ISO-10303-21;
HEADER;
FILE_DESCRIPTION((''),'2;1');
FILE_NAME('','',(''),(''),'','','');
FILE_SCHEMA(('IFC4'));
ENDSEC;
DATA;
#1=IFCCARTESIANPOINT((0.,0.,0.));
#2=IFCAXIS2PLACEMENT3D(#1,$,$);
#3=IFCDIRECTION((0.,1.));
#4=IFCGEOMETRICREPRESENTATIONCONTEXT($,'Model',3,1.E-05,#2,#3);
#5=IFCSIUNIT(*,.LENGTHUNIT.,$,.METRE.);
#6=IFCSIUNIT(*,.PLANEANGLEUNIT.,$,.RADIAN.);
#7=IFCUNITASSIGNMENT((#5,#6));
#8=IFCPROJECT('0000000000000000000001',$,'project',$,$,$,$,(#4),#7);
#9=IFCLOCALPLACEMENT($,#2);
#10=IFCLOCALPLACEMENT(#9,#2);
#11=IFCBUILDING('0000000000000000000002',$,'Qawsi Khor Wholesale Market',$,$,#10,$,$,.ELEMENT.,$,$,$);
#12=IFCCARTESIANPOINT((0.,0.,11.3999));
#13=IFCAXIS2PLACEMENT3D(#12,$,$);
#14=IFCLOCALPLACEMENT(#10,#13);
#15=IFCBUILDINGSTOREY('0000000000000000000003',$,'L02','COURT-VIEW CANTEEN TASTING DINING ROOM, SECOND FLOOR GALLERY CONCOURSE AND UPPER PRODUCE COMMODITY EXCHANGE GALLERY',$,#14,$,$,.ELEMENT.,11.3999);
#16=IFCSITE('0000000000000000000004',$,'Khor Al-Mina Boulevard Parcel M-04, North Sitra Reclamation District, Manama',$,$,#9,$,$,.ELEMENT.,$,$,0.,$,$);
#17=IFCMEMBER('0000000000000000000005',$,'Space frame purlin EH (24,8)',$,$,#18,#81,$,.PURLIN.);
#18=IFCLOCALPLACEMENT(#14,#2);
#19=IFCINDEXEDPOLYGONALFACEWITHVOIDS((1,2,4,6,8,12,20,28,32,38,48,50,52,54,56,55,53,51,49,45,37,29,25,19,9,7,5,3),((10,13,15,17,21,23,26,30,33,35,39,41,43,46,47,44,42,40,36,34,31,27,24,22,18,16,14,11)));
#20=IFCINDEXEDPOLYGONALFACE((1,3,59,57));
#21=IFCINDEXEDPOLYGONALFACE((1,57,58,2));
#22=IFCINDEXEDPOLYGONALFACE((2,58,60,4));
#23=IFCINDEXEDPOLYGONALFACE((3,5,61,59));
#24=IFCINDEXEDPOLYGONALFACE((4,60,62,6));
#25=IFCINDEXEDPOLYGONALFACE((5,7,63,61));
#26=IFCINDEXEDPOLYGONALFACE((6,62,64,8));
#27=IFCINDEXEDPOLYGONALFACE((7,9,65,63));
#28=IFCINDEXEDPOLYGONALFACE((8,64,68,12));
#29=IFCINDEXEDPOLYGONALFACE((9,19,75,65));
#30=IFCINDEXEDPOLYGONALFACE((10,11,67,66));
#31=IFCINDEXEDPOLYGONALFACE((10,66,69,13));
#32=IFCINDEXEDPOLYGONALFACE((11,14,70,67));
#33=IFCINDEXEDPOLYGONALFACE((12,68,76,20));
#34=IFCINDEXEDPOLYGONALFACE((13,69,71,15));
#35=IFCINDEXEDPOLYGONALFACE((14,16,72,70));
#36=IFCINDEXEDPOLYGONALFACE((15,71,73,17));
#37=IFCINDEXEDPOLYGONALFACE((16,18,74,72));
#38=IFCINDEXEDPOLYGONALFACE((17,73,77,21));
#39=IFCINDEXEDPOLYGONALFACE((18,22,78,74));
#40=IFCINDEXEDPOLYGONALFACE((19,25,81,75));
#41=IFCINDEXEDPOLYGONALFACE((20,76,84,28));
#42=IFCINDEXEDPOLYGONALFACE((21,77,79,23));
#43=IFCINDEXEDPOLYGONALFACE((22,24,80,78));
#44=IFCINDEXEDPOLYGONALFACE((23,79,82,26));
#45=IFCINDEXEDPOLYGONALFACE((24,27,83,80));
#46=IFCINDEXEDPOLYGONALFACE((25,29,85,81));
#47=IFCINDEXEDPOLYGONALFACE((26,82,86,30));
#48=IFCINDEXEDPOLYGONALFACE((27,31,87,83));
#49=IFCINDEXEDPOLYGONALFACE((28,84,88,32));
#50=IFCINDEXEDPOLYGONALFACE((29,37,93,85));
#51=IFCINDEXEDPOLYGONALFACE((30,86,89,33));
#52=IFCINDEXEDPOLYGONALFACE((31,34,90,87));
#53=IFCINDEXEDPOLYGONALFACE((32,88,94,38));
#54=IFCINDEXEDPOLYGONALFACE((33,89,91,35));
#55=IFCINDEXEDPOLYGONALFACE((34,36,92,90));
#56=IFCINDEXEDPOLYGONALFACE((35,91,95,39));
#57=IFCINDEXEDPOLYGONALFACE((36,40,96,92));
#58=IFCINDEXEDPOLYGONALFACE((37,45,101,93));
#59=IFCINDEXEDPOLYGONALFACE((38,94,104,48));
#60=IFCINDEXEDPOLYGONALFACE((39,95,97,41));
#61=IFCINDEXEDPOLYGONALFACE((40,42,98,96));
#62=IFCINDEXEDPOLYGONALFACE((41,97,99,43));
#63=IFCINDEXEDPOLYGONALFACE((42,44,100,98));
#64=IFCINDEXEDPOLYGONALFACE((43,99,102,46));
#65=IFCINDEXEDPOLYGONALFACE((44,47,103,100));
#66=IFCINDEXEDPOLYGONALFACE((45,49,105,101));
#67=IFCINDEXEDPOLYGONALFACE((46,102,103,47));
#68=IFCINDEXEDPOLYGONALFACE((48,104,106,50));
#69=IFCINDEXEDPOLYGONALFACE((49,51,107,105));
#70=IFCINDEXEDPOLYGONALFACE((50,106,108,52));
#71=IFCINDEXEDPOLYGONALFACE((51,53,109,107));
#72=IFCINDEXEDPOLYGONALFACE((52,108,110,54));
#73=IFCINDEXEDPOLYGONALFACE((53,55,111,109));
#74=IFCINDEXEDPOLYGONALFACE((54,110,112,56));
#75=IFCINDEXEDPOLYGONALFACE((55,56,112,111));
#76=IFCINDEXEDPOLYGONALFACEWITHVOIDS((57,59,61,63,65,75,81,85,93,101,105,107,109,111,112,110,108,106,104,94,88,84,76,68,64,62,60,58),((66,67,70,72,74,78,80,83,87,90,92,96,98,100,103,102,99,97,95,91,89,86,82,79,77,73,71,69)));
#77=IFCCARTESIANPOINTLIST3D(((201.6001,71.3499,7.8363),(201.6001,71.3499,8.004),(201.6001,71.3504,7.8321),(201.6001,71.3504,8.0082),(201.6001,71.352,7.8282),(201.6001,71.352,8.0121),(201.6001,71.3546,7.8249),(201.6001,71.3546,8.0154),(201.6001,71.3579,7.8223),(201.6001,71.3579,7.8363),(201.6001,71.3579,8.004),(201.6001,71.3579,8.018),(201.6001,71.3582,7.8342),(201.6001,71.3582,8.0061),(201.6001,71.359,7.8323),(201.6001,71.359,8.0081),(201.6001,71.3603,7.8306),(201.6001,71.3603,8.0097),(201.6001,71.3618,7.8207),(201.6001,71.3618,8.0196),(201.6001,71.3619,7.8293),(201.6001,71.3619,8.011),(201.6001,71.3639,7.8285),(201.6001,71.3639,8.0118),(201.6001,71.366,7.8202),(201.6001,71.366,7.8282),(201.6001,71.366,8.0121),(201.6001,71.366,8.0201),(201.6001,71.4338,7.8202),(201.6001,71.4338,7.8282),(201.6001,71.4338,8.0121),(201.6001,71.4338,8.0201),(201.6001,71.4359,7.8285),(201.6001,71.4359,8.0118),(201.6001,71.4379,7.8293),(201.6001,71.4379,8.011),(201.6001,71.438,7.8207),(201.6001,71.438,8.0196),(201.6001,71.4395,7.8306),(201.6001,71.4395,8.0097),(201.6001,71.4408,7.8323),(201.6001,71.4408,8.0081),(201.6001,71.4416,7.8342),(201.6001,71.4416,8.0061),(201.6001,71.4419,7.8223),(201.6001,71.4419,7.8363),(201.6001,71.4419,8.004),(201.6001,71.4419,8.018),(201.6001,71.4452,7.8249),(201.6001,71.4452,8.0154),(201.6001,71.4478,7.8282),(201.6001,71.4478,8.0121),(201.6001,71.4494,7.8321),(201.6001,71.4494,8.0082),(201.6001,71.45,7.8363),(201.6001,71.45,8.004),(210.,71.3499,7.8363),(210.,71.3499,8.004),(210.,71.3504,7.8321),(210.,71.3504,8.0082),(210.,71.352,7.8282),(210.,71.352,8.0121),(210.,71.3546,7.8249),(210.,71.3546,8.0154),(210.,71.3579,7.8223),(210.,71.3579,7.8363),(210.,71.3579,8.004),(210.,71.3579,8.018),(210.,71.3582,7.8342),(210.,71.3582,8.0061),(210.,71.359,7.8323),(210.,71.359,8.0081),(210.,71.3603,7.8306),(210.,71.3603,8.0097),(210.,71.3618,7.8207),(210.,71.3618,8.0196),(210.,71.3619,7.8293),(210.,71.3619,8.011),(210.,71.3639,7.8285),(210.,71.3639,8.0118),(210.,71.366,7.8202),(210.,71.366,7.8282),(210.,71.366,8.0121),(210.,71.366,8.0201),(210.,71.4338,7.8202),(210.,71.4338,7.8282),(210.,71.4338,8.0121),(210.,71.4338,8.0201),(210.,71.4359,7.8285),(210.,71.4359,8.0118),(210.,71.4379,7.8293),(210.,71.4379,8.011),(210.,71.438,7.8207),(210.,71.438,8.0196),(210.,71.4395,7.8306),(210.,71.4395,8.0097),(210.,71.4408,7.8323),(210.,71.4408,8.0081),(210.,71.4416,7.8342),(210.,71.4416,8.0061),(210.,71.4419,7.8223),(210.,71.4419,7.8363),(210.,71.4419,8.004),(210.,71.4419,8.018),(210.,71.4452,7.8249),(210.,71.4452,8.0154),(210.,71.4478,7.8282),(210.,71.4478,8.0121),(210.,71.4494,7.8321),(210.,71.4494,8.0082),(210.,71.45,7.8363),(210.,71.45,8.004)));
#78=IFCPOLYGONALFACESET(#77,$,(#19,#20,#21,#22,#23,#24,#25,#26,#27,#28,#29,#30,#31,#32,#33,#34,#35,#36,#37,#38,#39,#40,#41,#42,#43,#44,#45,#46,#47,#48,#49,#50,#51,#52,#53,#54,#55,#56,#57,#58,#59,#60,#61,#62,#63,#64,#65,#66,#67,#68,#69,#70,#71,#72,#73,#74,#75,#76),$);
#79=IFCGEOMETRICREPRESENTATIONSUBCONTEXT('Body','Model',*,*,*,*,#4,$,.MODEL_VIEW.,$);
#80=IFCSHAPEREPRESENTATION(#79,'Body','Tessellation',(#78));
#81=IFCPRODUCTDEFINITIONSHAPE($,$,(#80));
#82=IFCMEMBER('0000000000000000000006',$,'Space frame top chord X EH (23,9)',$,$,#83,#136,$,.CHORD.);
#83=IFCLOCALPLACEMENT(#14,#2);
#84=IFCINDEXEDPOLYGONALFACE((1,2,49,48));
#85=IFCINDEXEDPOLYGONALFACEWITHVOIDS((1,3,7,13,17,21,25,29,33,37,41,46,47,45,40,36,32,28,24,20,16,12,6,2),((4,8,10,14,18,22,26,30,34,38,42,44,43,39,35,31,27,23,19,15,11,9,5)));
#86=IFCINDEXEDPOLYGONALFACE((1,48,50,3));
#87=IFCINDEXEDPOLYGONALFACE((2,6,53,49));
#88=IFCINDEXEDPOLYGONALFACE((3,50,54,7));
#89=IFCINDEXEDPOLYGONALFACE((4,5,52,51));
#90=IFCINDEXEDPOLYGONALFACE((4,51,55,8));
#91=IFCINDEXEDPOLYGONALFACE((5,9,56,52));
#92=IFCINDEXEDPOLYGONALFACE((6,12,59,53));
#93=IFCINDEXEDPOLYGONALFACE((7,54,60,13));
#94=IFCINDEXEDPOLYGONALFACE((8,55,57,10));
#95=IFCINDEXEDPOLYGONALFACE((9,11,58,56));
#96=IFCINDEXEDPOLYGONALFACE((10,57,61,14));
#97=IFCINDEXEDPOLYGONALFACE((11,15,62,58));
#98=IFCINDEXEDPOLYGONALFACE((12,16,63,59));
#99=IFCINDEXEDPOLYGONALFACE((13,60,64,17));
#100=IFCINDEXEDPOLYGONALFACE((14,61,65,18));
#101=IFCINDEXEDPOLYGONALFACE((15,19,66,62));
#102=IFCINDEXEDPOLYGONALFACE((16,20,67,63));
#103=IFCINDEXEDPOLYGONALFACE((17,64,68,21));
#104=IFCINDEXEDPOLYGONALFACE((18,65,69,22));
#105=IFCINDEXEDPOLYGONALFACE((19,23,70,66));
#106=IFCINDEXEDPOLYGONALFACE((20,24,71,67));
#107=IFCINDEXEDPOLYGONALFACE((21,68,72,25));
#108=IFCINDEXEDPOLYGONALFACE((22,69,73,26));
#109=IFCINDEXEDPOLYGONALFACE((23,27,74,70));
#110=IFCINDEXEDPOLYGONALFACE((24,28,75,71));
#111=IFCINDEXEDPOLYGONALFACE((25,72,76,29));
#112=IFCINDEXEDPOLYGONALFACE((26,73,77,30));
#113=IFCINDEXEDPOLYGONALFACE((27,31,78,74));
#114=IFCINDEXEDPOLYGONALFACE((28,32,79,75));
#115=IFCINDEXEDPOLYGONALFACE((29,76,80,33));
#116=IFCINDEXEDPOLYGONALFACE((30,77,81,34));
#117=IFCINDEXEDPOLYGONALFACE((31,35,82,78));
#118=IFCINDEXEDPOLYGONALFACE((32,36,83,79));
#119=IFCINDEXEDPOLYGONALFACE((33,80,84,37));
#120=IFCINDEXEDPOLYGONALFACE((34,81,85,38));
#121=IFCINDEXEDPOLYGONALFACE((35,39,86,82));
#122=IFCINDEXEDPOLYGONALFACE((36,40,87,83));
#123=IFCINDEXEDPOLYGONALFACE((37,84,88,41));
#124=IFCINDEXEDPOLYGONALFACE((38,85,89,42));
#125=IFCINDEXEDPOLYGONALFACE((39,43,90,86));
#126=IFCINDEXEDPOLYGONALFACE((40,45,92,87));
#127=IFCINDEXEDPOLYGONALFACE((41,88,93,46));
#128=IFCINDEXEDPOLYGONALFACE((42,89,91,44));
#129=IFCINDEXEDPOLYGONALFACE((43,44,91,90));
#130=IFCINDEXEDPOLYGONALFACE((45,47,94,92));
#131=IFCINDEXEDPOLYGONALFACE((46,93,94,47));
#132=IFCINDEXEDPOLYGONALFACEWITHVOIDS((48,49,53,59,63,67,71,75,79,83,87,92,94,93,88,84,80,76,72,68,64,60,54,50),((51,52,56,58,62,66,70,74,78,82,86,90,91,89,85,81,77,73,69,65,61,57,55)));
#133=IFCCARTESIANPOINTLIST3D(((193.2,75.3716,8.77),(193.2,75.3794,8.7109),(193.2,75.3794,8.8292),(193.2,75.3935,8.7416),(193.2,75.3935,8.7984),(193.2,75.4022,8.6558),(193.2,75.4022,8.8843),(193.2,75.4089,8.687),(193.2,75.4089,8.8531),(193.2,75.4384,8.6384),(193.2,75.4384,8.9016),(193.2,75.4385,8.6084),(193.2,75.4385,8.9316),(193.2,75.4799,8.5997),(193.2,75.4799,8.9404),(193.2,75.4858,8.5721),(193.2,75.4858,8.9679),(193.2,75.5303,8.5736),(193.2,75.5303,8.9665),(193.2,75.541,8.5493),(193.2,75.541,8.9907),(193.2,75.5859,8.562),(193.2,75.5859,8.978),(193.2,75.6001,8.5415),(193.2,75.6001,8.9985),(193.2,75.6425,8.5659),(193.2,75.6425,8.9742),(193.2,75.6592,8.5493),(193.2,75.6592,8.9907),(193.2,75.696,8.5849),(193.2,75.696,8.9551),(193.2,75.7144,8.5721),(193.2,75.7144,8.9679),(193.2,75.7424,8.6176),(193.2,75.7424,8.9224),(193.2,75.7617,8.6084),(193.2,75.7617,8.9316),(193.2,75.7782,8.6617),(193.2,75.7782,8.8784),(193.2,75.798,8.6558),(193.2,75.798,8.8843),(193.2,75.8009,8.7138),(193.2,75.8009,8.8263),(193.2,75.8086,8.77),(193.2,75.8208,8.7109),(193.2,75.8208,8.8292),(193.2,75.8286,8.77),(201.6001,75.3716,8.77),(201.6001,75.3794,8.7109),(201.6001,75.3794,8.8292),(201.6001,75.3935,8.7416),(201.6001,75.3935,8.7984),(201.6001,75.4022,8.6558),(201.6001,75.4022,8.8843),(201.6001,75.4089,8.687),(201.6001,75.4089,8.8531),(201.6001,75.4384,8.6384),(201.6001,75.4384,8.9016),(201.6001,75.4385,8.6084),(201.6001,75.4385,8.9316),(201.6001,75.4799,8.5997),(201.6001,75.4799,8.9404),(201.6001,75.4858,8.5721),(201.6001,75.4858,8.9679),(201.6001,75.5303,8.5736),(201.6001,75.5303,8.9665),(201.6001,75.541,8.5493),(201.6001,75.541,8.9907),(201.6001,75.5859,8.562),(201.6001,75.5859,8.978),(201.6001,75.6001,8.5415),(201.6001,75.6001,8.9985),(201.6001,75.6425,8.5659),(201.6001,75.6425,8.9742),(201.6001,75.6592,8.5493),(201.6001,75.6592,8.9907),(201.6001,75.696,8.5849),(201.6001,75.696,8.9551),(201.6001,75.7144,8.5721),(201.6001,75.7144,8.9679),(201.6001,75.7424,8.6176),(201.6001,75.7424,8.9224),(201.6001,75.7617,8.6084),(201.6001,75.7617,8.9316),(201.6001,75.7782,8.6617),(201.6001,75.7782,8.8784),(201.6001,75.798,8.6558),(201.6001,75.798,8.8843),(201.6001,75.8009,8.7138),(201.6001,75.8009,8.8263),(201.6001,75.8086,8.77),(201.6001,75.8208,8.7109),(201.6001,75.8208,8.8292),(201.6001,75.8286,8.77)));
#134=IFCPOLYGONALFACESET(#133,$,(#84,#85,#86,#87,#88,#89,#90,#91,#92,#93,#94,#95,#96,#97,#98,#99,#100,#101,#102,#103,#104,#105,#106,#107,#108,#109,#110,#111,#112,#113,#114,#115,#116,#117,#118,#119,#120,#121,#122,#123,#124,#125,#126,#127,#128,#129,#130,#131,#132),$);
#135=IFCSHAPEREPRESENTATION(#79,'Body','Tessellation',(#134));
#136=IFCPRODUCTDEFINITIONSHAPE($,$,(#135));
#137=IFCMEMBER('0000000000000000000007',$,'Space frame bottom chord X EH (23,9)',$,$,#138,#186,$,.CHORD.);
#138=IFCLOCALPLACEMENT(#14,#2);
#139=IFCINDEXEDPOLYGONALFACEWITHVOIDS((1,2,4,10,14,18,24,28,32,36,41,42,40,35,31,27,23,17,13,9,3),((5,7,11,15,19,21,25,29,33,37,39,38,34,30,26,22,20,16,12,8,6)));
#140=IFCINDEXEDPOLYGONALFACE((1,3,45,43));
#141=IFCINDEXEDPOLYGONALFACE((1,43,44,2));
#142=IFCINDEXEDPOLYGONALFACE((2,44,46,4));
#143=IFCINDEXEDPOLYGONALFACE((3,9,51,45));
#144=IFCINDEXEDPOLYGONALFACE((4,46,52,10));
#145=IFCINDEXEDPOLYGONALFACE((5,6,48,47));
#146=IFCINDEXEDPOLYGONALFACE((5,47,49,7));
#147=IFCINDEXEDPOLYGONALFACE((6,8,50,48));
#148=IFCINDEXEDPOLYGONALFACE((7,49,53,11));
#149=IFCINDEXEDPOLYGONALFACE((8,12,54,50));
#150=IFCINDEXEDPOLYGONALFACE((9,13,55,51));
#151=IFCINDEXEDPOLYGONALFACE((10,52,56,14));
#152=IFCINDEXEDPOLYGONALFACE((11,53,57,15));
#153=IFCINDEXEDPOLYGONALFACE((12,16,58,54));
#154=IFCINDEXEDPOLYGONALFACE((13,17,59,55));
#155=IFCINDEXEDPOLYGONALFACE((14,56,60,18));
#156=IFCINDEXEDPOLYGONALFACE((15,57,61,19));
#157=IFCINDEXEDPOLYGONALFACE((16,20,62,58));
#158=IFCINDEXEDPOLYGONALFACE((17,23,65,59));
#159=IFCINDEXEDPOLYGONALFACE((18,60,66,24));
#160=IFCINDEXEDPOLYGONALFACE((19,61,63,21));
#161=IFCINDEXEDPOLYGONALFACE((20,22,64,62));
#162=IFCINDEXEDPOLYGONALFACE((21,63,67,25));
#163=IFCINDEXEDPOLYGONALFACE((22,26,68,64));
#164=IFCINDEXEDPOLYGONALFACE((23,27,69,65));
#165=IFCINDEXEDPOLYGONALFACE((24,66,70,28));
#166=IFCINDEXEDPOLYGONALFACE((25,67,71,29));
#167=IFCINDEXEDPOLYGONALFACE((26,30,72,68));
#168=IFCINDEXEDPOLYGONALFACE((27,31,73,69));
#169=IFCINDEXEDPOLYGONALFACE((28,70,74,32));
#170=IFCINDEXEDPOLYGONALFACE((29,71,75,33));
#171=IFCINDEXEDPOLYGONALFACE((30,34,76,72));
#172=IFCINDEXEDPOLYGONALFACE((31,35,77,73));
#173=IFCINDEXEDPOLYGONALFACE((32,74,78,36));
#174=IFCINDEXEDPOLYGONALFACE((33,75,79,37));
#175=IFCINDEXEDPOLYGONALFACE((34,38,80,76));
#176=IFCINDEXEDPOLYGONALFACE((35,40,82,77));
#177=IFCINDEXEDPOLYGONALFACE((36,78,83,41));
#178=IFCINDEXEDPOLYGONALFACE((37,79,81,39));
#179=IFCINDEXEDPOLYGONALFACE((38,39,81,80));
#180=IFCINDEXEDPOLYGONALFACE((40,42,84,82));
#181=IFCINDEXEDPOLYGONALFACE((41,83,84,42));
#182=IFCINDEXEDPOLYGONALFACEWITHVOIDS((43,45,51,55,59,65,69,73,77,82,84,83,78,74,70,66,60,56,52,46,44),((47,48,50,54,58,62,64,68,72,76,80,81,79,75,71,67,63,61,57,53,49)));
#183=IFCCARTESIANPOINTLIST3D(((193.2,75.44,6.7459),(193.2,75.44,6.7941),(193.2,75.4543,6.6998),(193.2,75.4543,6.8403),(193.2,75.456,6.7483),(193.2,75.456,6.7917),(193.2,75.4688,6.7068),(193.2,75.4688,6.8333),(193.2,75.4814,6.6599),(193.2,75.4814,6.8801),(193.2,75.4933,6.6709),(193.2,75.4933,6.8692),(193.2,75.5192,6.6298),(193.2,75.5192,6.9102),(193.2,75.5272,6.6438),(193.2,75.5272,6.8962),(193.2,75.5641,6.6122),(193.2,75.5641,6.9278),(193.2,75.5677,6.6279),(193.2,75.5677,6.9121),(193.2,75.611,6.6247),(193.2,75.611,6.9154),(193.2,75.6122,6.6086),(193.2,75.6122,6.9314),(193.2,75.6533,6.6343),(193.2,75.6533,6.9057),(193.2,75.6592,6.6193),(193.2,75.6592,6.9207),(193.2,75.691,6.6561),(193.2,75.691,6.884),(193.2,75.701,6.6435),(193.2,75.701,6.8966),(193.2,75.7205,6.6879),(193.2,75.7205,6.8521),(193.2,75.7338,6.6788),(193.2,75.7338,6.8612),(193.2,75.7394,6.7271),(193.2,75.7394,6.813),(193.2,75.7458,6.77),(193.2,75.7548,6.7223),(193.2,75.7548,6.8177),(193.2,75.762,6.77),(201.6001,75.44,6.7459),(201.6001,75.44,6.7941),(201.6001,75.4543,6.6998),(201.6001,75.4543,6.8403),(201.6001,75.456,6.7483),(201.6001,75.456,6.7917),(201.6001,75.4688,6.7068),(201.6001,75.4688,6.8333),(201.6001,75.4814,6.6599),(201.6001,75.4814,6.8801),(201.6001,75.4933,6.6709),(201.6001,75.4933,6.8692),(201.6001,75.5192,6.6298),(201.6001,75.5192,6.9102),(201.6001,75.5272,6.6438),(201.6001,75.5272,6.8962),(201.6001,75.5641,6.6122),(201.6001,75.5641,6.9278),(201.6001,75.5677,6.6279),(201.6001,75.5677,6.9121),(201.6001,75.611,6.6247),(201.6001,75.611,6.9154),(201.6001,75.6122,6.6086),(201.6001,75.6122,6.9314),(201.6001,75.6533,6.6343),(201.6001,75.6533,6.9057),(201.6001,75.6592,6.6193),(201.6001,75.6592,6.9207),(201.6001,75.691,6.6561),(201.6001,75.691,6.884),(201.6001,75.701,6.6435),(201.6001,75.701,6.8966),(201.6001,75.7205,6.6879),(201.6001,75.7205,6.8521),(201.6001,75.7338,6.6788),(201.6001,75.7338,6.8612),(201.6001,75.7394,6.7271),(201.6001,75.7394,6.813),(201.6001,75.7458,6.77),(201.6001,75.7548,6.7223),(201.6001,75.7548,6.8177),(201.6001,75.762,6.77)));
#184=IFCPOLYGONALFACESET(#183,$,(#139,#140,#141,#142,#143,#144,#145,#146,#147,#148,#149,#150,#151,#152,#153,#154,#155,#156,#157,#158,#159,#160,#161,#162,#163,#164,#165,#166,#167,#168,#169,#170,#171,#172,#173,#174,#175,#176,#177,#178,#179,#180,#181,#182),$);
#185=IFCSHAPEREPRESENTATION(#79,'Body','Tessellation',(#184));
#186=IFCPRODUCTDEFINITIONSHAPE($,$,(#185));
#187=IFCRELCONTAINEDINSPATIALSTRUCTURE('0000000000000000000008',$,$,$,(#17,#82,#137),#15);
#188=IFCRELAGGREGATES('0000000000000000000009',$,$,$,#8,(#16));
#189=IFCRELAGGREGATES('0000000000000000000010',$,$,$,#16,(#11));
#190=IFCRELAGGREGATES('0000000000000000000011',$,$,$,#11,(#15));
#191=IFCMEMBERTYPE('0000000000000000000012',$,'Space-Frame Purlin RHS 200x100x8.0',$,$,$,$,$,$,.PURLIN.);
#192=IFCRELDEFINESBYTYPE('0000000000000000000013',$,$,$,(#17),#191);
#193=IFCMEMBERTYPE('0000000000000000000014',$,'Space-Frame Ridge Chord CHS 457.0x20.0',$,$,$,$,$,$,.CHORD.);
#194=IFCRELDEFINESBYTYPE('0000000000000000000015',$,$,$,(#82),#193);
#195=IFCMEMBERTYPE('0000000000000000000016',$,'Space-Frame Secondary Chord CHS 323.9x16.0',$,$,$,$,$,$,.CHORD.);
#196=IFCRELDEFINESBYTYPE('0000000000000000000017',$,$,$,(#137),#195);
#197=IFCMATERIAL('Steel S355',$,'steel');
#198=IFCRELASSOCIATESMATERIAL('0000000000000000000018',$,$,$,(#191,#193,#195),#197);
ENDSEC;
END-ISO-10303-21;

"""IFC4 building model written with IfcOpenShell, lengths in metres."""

from ifc_helpers import new_model, si_unit, direction, frame, origin, origin_2d, place, context, subcontext, project, spatial, hollow_rectangle, hollow_circle, extrude, material, material_profile, profile_set, type_object, element, save


model = new_model("IFC4")

# Units and contexts
model_context = context("Model", 3, precision=1e-05, world=origin(), true_north=direction((0.0, 1.0)))
body_context = subcontext(model_context, "Body", "Model", "MODEL_VIEW")
ifc_project = project(units=[si_unit("LENGTHUNIT", "METRE"), si_unit("PLANEANGLEUNIT", "RADIAN")], contexts=[model_context])

# Site, building, storey
site_placement = place(None, origin())
site = spatial("IfcSite", under=ifc_project, at=site_placement, Name="Khor Al-Mina Boulevard Parcel M-04, North Sitra Reclamation District, Manama", CompositionType="ELEMENT", RefElevation=0.0)
building_placement = place(site_placement, origin())
building = spatial("IfcBuilding", under=site, at=building_placement, Name="Qawsi Khor Wholesale Market", CompositionType="ELEMENT")
storey_placement = place(building_placement, frame((0.0, 0.0, 11.3999)))
storey = spatial("IfcBuildingStorey", under=building, at=storey_placement, Name="L02", Description="COURT-VIEW CANTEEN TASTING DINING ROOM, SECOND FLOOR GALLERY CONCOURSE AND UPPER PRODUCE COMMODITY EXCHANGE GALLERY", CompositionType="ELEMENT", Elevation=11.3999)

# Members
ifc_material_1 = material(Name="Steel S355", Category="steel")
ifc_material_profile_1 = material_profile(ifc_material_1, hollow_rectangle(XDim=0.1001, YDim=0.2, WallThickness=0.0081, InnerFilletRadius=0.0081, OuterFilletRadius=0.0161, at=origin_2d()), Name="RHS 200x100x8.0")
ifc_profile_set_1 = profile_set([ifc_material_profile_1], Name="Steel S355")
member_type_1 = type_object("IfcMemberType", Name="Space-Frame Purlin RHS 200x100x8.0", PredefinedType="PURLIN", material=ifc_profile_set_1)
member_1_placement = place(storey_placement, frame((201.6001, 71.3999, 7.9202), z_axis=(1.0, 0.0, 0.0), x_axis=(0.0, 1.0, 0.0)))
element("IfcMember", 1, at=member_1_placement, inside=storey, type_object=member_type_1, Name="Space frame purlin EH (24,8)", PredefinedType="PURLIN", context=body_context, shape_type="SweptSolid", body=[
    extrude(hollow_rectangle(XDim=0.1001, YDim=0.2, WallThickness=0.0081, InnerFilletRadius=0.0081, OuterFilletRadius=0.0161, at=origin_2d()), origin(), (0.0, 0.0, 1.0), 8.3999),
])
ifc_material_profile_2 = material_profile(ifc_material_1, hollow_circle(Radius=0.2285, WallThickness=0.02, at=origin_2d()), Name="CHS 457.0x20.0")
ifc_profile_set_2 = profile_set([ifc_material_profile_2], Name="Steel S355")
member_type_2 = type_object("IfcMemberType", Name="Space-Frame Ridge Chord CHS 457.0x20.0", PredefinedType="CHORD", material=ifc_profile_set_2)
member_2_placement = place(storey_placement, frame((193.2, 75.6001, 8.77), z_axis=(1.0, 0.0, 0.0), x_axis=(0.0, 1.0, 0.0)))
element("IfcMember", 2, at=member_2_placement, inside=storey, type_object=member_type_2, Name="Space frame top chord X EH (23,9)", PredefinedType="CHORD", context=body_context, shape_type="SweptSolid", body=[
    extrude(hollow_circle(Radius=0.2285, WallThickness=0.02, at=origin_2d()), origin(), (0.0, 0.0, 1.0), 8.4001),
])
ifc_material_profile_3 = material_profile(ifc_material_1, hollow_circle(Radius=0.1619, WallThickness=0.0161, at=origin_2d()), Name="CHS 323.9x16.0")
ifc_profile_set_3 = profile_set([ifc_material_profile_3], Name="Steel S355")
member_type_3 = type_object("IfcMemberType", Name="Space-Frame Secondary Chord CHS 323.9x16.0", PredefinedType="CHORD", material=ifc_profile_set_3)
member_3_placement = place(storey_placement, frame((193.2, 75.6001, 6.77), z_axis=(1.0, 0.0, 0.0), x_axis=(0.0, 1.0, 0.0)))
element("IfcMember", 3, at=member_3_placement, inside=storey, type_object=member_type_3, Name="Space frame bottom chord X EH (23,9)", PredefinedType="CHORD", context=body_context, shape_type="SweptSolid", body=[
    extrude(hollow_circle(Radius=0.1619, WallThickness=0.0161, at=origin_2d()), origin(), (0.0, 0.0, 1.0), 8.4001),
])

save(model, "model.ifc")
